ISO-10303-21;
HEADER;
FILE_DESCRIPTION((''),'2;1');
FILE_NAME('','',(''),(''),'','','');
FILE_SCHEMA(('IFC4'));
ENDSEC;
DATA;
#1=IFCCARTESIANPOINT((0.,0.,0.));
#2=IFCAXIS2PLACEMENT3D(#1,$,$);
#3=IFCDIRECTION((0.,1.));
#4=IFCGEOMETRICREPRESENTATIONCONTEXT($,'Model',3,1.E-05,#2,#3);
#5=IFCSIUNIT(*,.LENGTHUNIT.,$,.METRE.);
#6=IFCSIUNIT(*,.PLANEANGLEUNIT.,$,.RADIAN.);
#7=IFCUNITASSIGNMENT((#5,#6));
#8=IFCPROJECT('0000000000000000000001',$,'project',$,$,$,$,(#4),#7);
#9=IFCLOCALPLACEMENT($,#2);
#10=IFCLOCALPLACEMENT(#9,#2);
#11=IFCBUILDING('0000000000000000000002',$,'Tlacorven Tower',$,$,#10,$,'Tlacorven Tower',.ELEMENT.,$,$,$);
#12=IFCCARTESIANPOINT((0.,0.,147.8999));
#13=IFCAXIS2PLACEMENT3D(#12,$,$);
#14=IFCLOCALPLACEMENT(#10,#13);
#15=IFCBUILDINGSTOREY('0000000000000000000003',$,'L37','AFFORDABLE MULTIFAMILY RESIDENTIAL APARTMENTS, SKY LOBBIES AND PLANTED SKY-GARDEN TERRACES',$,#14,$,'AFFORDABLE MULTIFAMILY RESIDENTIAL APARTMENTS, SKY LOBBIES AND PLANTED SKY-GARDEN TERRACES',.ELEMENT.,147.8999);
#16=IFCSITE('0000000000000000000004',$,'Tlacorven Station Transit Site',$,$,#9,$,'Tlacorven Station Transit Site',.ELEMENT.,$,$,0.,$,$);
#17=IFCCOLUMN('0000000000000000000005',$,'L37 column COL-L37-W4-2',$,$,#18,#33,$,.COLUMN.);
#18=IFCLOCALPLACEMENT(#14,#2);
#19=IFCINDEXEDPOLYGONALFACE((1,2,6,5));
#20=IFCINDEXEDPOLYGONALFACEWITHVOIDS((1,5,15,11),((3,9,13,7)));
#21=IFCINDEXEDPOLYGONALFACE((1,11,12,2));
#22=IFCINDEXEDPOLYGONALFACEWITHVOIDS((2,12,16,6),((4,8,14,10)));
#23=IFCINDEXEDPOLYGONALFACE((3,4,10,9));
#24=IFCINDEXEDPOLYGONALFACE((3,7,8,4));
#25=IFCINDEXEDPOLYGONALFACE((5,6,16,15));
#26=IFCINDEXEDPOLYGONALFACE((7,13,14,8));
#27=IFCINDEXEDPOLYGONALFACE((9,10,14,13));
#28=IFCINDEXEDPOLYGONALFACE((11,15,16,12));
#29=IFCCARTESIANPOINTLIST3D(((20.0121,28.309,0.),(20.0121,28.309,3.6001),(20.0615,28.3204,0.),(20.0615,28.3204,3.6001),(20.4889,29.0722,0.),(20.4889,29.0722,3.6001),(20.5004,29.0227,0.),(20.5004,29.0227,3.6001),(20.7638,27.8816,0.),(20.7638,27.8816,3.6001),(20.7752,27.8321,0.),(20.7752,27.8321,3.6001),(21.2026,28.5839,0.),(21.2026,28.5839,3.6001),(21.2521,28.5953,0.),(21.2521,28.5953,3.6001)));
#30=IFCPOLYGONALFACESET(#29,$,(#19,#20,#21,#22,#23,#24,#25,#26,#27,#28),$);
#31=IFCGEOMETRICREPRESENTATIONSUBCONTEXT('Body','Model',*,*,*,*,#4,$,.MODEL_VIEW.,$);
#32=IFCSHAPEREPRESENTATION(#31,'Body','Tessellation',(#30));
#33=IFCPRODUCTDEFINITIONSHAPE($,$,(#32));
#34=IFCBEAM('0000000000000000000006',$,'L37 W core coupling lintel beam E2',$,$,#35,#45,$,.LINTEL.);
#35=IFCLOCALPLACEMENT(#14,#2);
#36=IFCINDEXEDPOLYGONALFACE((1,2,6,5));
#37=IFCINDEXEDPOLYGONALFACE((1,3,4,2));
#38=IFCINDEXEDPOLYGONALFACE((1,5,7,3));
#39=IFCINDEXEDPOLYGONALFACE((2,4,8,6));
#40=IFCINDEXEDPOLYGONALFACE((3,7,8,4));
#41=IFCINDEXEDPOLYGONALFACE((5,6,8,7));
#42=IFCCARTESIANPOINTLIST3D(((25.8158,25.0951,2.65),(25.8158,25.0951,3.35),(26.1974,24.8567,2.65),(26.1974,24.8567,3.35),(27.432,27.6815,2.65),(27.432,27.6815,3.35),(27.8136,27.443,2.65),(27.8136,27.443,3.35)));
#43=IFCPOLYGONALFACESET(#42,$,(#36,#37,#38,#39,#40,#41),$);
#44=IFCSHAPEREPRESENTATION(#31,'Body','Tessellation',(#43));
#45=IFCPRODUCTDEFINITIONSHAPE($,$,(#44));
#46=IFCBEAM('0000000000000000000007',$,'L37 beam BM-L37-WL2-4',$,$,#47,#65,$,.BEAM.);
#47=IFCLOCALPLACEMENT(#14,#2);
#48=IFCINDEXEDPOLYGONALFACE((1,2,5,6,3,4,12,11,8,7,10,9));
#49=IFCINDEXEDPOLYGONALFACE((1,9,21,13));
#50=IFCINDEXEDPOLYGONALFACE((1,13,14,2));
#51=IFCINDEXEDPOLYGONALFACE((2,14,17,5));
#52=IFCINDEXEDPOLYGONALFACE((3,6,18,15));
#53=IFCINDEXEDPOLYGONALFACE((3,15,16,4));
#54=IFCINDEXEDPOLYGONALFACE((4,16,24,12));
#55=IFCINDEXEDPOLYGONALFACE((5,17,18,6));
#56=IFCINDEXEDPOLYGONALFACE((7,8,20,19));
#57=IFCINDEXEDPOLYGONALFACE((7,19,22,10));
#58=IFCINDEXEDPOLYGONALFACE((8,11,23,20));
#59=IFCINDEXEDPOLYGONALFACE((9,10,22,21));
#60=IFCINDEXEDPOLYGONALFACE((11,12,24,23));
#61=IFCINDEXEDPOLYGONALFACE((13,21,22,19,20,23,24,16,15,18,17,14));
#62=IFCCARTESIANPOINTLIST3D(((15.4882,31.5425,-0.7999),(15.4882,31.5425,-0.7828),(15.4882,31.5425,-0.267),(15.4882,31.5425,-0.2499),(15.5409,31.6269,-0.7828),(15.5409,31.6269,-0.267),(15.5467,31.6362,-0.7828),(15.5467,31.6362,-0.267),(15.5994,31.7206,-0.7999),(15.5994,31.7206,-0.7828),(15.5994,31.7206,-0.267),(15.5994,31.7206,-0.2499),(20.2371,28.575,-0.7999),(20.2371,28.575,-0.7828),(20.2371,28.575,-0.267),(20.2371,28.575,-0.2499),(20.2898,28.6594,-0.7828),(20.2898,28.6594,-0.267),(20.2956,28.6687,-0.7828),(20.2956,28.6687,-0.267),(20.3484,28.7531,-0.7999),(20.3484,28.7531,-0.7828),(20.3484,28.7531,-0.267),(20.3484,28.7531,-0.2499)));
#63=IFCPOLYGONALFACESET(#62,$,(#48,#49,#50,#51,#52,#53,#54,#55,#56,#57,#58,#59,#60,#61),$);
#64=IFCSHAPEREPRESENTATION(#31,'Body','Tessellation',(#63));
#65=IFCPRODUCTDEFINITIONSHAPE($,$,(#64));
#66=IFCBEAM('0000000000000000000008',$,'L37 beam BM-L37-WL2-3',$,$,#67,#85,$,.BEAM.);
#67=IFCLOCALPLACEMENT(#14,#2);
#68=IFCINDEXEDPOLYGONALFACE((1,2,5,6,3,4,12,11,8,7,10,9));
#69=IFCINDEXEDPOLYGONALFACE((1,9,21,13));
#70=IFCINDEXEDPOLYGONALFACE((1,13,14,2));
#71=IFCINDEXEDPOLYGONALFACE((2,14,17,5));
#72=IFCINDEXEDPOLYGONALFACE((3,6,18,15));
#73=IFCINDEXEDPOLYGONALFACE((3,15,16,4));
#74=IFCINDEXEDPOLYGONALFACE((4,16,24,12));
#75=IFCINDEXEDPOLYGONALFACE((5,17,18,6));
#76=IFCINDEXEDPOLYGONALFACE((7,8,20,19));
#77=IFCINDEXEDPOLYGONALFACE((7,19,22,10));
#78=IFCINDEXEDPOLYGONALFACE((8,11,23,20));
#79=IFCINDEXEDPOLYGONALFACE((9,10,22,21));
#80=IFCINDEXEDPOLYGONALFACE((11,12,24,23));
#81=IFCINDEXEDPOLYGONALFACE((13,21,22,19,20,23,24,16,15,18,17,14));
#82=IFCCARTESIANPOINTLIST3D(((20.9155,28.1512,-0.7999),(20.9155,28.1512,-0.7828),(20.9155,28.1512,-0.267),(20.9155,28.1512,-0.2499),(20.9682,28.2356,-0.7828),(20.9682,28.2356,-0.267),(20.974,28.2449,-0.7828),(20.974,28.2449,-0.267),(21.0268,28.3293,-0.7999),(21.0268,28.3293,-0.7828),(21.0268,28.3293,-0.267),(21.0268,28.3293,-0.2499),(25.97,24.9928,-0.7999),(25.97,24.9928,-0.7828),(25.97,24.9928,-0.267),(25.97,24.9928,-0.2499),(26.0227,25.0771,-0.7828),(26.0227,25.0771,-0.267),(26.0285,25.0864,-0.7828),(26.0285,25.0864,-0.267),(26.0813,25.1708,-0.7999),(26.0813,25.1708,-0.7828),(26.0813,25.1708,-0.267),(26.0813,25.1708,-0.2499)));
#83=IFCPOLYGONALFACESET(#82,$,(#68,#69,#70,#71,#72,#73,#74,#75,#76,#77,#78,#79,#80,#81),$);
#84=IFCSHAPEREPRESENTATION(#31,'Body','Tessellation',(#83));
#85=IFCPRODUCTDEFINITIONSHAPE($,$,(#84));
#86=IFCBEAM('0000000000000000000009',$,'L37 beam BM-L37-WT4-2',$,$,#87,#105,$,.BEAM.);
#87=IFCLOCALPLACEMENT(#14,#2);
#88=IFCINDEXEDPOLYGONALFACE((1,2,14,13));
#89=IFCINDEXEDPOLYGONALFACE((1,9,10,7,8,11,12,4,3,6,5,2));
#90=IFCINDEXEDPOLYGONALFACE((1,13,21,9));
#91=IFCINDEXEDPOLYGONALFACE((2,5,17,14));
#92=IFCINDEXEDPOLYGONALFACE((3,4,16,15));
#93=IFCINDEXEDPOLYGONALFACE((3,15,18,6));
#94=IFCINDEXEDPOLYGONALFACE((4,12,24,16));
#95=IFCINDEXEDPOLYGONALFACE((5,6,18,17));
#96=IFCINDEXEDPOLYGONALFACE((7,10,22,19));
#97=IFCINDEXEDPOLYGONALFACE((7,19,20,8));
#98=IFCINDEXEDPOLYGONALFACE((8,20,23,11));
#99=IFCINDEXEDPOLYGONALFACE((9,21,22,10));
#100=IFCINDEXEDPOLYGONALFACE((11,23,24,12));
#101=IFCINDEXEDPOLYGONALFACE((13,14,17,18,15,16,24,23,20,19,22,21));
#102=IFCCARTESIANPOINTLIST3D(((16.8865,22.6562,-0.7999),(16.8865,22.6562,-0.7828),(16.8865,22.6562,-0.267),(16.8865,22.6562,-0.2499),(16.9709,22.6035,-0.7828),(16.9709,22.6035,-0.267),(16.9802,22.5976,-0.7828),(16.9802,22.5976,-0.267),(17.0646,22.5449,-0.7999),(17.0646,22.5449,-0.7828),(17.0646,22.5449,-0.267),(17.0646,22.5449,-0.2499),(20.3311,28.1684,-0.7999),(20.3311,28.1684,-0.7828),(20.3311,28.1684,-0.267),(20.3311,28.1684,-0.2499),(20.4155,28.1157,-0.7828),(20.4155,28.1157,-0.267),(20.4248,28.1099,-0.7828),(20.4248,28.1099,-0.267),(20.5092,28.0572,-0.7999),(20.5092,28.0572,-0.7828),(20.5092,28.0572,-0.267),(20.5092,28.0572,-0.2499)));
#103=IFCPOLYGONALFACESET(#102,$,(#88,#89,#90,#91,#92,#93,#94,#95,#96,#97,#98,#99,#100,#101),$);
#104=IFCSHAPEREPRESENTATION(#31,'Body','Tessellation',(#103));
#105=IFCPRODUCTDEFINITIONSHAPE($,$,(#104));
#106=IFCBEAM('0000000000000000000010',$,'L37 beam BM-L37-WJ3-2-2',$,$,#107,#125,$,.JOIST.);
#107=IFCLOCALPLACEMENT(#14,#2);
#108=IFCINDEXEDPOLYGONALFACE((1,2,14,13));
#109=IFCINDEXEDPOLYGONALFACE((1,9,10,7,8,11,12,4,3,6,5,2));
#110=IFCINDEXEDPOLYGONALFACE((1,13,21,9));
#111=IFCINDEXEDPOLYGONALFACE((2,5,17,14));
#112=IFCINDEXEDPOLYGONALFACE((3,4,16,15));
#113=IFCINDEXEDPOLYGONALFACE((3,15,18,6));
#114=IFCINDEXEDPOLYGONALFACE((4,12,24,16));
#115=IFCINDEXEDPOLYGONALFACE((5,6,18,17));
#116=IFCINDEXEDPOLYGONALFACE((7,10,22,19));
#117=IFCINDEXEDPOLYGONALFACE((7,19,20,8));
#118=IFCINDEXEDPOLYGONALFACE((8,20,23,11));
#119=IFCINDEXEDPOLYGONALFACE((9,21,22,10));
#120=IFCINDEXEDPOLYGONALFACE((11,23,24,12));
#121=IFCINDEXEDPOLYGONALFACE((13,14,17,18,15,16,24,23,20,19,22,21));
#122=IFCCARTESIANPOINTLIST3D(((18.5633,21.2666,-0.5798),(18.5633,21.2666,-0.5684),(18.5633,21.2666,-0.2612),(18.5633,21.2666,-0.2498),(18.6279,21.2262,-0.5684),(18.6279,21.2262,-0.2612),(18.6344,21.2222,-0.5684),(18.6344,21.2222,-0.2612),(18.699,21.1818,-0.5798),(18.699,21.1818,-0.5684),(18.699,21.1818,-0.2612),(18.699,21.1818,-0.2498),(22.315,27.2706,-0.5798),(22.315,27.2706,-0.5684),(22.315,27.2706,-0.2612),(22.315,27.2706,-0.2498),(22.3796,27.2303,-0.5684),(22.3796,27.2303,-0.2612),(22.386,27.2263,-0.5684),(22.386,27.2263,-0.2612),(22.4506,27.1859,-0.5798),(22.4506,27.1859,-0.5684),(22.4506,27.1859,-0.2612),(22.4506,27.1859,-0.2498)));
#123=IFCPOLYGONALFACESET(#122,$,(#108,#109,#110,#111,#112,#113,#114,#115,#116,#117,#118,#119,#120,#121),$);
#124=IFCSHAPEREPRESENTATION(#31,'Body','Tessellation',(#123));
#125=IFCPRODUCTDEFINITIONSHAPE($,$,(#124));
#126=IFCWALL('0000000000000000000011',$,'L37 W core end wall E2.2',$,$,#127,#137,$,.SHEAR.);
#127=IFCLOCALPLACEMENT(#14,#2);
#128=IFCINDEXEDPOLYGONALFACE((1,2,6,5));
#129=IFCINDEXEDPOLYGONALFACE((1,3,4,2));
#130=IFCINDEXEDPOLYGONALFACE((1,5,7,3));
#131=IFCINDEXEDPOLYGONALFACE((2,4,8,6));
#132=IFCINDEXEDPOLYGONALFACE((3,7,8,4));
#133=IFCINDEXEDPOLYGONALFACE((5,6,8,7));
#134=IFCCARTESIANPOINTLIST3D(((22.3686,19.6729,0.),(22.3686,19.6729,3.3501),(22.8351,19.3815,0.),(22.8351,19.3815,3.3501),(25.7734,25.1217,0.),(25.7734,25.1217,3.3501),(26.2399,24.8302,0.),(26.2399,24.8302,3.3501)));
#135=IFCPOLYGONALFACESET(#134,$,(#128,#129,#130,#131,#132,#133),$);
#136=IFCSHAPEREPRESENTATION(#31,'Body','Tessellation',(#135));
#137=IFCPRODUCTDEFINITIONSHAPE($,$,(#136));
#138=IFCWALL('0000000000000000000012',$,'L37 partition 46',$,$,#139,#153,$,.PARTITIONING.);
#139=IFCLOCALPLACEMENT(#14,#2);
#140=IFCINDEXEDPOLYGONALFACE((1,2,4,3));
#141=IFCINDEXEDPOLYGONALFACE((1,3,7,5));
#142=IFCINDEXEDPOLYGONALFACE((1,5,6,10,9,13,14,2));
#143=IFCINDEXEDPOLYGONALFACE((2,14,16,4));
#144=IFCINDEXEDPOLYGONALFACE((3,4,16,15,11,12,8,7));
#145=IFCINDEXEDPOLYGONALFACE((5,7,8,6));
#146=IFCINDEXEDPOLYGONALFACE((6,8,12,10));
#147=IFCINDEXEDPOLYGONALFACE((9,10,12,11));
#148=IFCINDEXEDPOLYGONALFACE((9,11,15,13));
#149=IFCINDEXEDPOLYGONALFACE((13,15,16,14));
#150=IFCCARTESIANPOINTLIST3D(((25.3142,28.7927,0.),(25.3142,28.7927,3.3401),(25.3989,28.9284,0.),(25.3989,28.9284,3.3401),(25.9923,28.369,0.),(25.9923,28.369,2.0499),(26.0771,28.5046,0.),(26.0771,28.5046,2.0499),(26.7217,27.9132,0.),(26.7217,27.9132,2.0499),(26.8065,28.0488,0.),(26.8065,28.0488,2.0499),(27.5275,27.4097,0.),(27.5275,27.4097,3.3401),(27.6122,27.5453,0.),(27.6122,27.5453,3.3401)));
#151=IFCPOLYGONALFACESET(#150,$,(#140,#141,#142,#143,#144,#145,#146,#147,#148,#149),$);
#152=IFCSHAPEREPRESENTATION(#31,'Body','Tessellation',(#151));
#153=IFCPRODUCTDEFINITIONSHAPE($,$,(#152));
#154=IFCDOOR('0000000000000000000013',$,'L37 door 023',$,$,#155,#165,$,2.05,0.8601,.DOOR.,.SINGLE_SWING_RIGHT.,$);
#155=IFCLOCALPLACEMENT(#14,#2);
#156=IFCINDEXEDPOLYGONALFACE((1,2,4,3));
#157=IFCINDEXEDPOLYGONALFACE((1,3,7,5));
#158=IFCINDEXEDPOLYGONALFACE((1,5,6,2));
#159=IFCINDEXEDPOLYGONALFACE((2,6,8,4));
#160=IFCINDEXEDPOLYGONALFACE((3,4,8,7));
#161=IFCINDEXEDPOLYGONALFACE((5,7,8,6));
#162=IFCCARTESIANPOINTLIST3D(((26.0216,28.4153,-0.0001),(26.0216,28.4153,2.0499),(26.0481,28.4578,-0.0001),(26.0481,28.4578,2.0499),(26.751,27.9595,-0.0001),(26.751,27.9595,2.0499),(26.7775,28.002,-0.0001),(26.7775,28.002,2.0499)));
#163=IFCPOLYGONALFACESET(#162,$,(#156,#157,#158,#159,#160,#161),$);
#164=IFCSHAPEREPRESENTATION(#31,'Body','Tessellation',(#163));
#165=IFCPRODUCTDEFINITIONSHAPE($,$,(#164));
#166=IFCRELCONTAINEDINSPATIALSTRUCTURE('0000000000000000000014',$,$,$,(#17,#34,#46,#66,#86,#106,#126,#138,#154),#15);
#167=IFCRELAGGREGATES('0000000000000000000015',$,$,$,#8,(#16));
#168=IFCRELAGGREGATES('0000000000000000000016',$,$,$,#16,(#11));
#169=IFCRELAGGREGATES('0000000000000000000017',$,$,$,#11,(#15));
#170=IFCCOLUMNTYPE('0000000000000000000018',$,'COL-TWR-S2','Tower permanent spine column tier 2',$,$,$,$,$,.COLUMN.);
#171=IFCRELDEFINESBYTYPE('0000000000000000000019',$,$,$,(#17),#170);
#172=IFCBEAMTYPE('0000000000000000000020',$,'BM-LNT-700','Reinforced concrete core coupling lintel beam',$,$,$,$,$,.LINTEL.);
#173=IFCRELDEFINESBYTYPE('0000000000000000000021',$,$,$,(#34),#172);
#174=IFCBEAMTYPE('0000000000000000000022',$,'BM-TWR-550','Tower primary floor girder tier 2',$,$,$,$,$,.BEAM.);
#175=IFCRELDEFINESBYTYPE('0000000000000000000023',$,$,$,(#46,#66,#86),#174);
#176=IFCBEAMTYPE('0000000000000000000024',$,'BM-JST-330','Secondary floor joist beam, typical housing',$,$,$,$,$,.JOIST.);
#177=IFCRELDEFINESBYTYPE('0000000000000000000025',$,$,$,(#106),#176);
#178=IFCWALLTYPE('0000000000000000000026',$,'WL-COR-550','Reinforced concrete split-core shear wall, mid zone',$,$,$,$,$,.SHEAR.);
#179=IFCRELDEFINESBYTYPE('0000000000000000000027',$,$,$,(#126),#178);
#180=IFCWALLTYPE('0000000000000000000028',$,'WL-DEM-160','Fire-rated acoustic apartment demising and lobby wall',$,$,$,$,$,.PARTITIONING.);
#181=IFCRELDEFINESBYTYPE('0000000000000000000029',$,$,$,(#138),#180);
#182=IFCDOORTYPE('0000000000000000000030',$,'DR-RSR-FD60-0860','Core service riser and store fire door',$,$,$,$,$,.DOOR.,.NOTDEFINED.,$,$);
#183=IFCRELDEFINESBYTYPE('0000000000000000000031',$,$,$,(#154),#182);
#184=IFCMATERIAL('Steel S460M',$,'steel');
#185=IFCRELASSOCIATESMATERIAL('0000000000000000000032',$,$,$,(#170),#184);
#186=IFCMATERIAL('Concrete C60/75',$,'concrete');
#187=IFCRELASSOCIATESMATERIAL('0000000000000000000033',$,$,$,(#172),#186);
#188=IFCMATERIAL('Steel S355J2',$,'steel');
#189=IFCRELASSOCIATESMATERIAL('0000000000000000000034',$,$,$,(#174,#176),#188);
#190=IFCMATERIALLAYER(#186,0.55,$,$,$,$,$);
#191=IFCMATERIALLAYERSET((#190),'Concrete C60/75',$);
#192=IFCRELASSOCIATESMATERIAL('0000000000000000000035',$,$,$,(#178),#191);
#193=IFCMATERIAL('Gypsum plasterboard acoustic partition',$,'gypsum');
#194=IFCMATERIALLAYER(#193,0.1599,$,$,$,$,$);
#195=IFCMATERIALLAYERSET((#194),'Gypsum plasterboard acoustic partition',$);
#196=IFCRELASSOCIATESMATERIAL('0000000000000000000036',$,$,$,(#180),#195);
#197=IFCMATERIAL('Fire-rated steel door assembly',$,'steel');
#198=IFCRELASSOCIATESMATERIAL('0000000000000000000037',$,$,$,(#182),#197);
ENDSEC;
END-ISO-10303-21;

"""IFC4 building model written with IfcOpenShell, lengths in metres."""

from ifc_helpers import new_model, si_unit, direction, frame, frame_2d, origin, origin_2d, place, context, subcontext, project, spatial, rectangle, hollow_rectangle, i_section, extrude, source, transform, mapped, material, layer, layer_set, material_profile, profile_set, type_object, element, fill, save


model = new_model("IFC4")

# Units and contexts
model_context = context("Model", 3, precision=1e-05, world=origin(), true_north=direction((0.0, 1.0)))
body_context = subcontext(model_context, "Body", "Model", "MODEL_VIEW")
ifc_project = project(units=[si_unit("LENGTHUNIT", "METRE"), si_unit("PLANEANGLEUNIT", "RADIAN")], contexts=[model_context])

# Site, building, storey
site_placement = place(None, origin())
site = spatial("IfcSite", under=ifc_project, at=site_placement, Name="Tlacorven Station Transit Site", LongName="Tlacorven Station Transit Site", CompositionType="ELEMENT", RefElevation=0.0)
building_placement = place(site_placement, origin())
building = spatial("IfcBuilding", under=site, at=building_placement, Name="Tlacorven Tower", LongName="Tlacorven Tower", CompositionType="ELEMENT")
storey_placement = place(building_placement, frame((0.0, 0.0, 147.8999)))
storey = spatial("IfcBuildingStorey", under=building, at=storey_placement, Name="L37", Description="AFFORDABLE MULTIFAMILY RESIDENTIAL APARTMENTS, SKY LOBBIES AND PLANTED SKY-GARDEN TERRACES", LongName="AFFORDABLE MULTIFAMILY RESIDENTIAL APARTMENTS, SKY LOBBIES AND PLANTED SKY-GARDEN TERRACES", CompositionType="ELEMENT", Elevation=147.8999)

# Column
ifc_material_1 = material(Name="Steel S460M", Category="steel")
ifc_material_profile_1 = material_profile(ifc_material_1, hollow_rectangle(XDim=0.8999, YDim=0.8999, WallThickness=0.0359, at=origin_2d()), Name="BOX 900X900X36")
ifc_profile_set_1 = profile_set([ifc_material_profile_1], Name="Steel S460M")
column_type = type_object("IfcColumnType", Name="COL-TWR-S2", Description="Tower permanent spine column tier 2", PredefinedType="COLUMN", material=ifc_profile_set_1)
shared_shape_1 = source(origin(), body_context, "Body", "SweptSolid", [
    extrude(hollow_rectangle(XDim=0.8999, YDim=0.8999, WallThickness=0.0359, at=origin_2d()), origin(), (0.0, 0.0, 1.0), 3.6001),
])
column_placement = place(storey_placement, frame((20.6321, 28.4521, 0.0), z_axis=(0.0, 0.0, 1.0), x_axis=(-0.848048, 0.529919, 0.0)))
element("IfcColumn", 1, at=column_placement, inside=storey, type_object=column_type, Name="L37 column COL-L37-W4-2", PredefinedType="COLUMN", context=body_context, shape_type="MappedRepresentation", body=[
    mapped(shared_shape_1, transform((0.0, 0.0, 0.0), scale=1.0)),
])

# Beams
ifc_material_2 = material(Name="Concrete C60/75", Category="concrete")
ifc_material_profile_2 = material_profile(ifc_material_2, rectangle(XDim=0.45, YDim=0.7, at=origin_2d()), Name="RC 450X700")
ifc_profile_set_2 = profile_set([ifc_material_profile_2], Name="Concrete C60/75")
beam_type_1 = type_object("IfcBeamType", Name="BM-LNT-700", Description="Reinforced concrete core coupling lintel beam", PredefinedType="LINTEL", material=ifc_profile_set_2)
shared_shape_2 = source(origin(), body_context, "Body", "SweptSolid", [
    extrude(rectangle(XDim=0.45, YDim=0.7, at=origin_2d()), origin(), (0.0, 0.0, 1.0), 3.0498),
])
beam_1_placement = place(storey_placement, frame((27.6228, 27.5623, 3.0), z_axis=(-0.529927, -0.848043, 0.0), x_axis=(0.848043, -0.529927, 0.0)))
element("IfcBeam", 2, at=beam_1_placement, inside=storey, type_object=beam_type_1, Name="L37 W core coupling lintel beam E2", PredefinedType="LINTEL", context=body_context, shape_type="MappedRepresentation", body=[
    mapped(shared_shape_2, transform((0.0, 0.0, 0.0), scale=1.0)),
])
ifc_material_3 = material(Name="Steel S355J2", Category="steel")
ifc_material_profile_3 = material_profile(ifc_material_3, i_section(OverallWidth=0.21, OverallDepth=0.55, WebThickness=0.011, FlangeThickness=0.0171, at=origin_2d()), Name="IPE 550")
ifc_profile_set_3 = profile_set([ifc_material_profile_3], Name="Steel S355J2")
beam_type_2 = type_object("IfcBeamType", Name="BM-TWR-550", Description="Tower primary floor girder tier 2", PredefinedType="BEAM", material=ifc_profile_set_3)
shared_shape_3 = source(origin(), body_context, "Body", "SweptSolid", [
    extrude(i_section(OverallWidth=0.21, OverallDepth=0.55, WebThickness=0.011, FlangeThickness=0.0171, at=origin_2d()), origin(), (0.0, 0.0, 1.0), 5.5999),
])
beam_2_placement = place(storey_placement, frame((20.2927, 28.6641, -0.5249), z_axis=(-0.848047, 0.529921, 0.0), x_axis=(-0.529921, -0.848047, 0.0)))
element("IfcBeam", 3, at=beam_2_placement, inside=storey, type_object=beam_type_2, Name="L37 beam BM-L37-WL2-4", PredefinedType="BEAM", context=body_context, shape_type="MappedRepresentation", body=[
    mapped(shared_shape_3, transform((0.0, 0.0, 0.0), scale=1.0)),
])
shared_shape_4 = source(origin(), body_context, "Body", "SweptSolid", [
    extrude(i_section(OverallWidth=0.21, OverallDepth=0.55, WebThickness=0.011, FlangeThickness=0.0171, at=origin_2d()), origin(), (0.0, 0.0, 1.0), 5.9602),
])
beam_3_placement = place(storey_placement, frame((26.0256, 25.0818, -0.5249), z_axis=(-0.848042, 0.529929, 0.0), x_axis=(-0.529929, -0.848042, 0.0)))
element("IfcBeam", 4, at=beam_3_placement, inside=storey, type_object=beam_type_2, Name="L37 beam BM-L37-WL2-3", PredefinedType="BEAM", context=body_context, shape_type="MappedRepresentation", body=[
    mapped(shared_shape_4, transform((0.0, 0.0, 0.0), scale=1.0)),
])
shared_shape_5 = source(origin(), body_context, "Body", "SweptSolid", [
    extrude(i_section(OverallWidth=0.21, OverallDepth=0.55, WebThickness=0.011, FlangeThickness=0.0171, at=origin_2d()), origin(), (0.0, 0.0, 1.0), 6.5),
])
beam_4_placement = place(storey_placement, frame((20.4202, 28.1128, -0.5249), z_axis=(-0.529938, -0.848036, 0.0), x_axis=(0.848036, -0.529938, 0.0)))
element("IfcBeam", 5, at=beam_4_placement, inside=storey, type_object=beam_type_2, Name="L37 beam BM-L37-WT4-2", PredefinedType="BEAM", context=body_context, shape_type="MappedRepresentation", body=[
    mapped(shared_shape_5, transform((0.0, 0.0, 0.0), scale=1.0)),
])
ifc_material_profile_4 = material_profile(ifc_material_3, i_section(OverallWidth=0.1599, OverallDepth=0.3301, WebThickness=0.0076, FlangeThickness=0.0115, at=origin_2d()), Name="IPE 330")
ifc_profile_set_4 = profile_set([ifc_material_profile_4], Name="Steel S355J2")
beam_type_3 = type_object("IfcBeamType", Name="BM-JST-330", Description="Secondary floor joist beam, typical housing", PredefinedType="JOIST", material=ifc_profile_set_4)
shared_shape_6 = source(origin(), body_context, "Body", "SweptSolid", [
    extrude(i_section(OverallWidth=0.1599, OverallDepth=0.3301, WebThickness=0.0076, FlangeThickness=0.0115, at=origin_2d()), origin(), (0.0, 0.0, 1.0), 7.0798),
])
beam_5_placement = place(storey_placement, frame((22.3828, 27.2283, -0.4148), z_axis=(-0.529909, -0.848054, 0.0), x_axis=(0.848054, -0.529909, 0.0)))
element("IfcBeam", 6, at=beam_5_placement, inside=storey, type_object=beam_type_3, Name="L37 beam BM-L37-WJ3-2-2", PredefinedType="JOIST", context=body_context, shape_type="MappedRepresentation", body=[
    mapped(shared_shape_6, transform((0.0, 0.0, 0.0), scale=1.0)),
])

# Wall
ifc_layer_1 = layer(ifc_material_2, 0.55)
ifc_layer_set_1 = layer_set([ifc_layer_1], Name="Concrete C60/75")
wall_type_1 = type_object("IfcWallType", Name="WL-COR-550", Description="Reinforced concrete split-core shear wall, mid zone", PredefinedType="SHEAR", material=ifc_layer_set_1)
wall_1_placement = place(storey_placement, frame((26.0066, 24.9758, 0.0), z_axis=(0.0, 0.0, 1.0), x_axis=(-0.529924, -0.848045, 0.0)))
element("IfcWall", 7, at=wall_1_placement, inside=storey, type_object=wall_type_1, Name="L37 W core end wall E2.2", PredefinedType="SHEAR", context=body_context, shape_type="SweptSolid", body=[
    extrude(rectangle(XDim=6.425, YDim=0.55, at=frame_2d((3.2124, 0.0))), origin(), (0.0, 0.0, 1.0), 3.3501),
])

# Wall, opening, door
ifc_material_4 = material(Name="Gypsum plasterboard acoustic partition", Category="gypsum")
ifc_layer_2 = layer(ifc_material_4, 0.1599)
ifc_layer_set_2 = layer_set([ifc_layer_2], Name="Gypsum plasterboard acoustic partition")
wall_type_2 = type_object("IfcWallType", Name="WL-DEM-160", Description="Fire-rated acoustic apartment demising and lobby wall", PredefinedType="PARTITIONING", material=ifc_layer_set_2)
wall_2_placement = place(storey_placement, frame((27.5698, 27.4775, 0.0), z_axis=(0.0, 0.0, 1.0), x_axis=(-0.848051, 0.529915, 0.0)))
wall_2 = element("IfcWall", 8, at=wall_2_placement, inside=storey, type_object=wall_type_2, Name="L37 partition 46", PredefinedType="PARTITIONING", context=body_context, shape_type="SweptSolid", body=[
    extrude(rectangle(XDim=2.6099, YDim=0.1599, at=frame_2d((1.3049, 0.0))), origin(), (0.0, 0.0, 1.0), 3.3401),
])
opening_1_placement = place(wall_2_placement, frame((0.95, 0.0, 0.0)))
opening_1 = element("IfcOpeningElement", 9, at=opening_1_placement, cuts=wall_2, PredefinedType="OPENING", context=body_context, shape_type="SweptSolid", body=[
    extrude(rectangle(XDim=0.8601, YDim=2.05, at=frame_2d((0.4302, 1.0249))), frame((0.0, 0.0898, 0.0), z_axis=(0.0, -1.0, 0.0), x_axis=(1.0, 0.0, 0.0)), (0.0, 0.0, 1.0), 0.1799),
])
ifc_material_5 = material(Name="Fire-rated steel door assembly", Category="steel")
door_type_1 = type_object("IfcDoorType", Name="DR-RSR-FD60-0860", Description="Core service riser and store fire door", OperationType="NOTDEFINED", PredefinedType="DOOR", material=ifc_material_5)
shared_shape_7 = source(origin(), body_context, "Body", "SweptSolid", [
    extrude(rectangle(XDim=0.8601, YDim=2.05, at=frame_2d((0.4302, 1.0249))), frame((0.0, 0.0249, 0.0), z_axis=(0.0, -1.0, 0.0), x_axis=(1.0, 0.0, 0.0)), (0.0, 0.0, 1.0), 0.05),
])
door_1_placement = place(opening_1_placement, frame((0.8601, 0.0, 0.0), z_axis=(0.0, 0.0, 1.0), x_axis=(-1.0, 0.0, 0.0)))
door_1 = element("IfcDoor", 10, at=door_1_placement, inside=storey, type_object=door_type_1, Name="L37 door 023", OperationType="SINGLE_SWING_RIGHT", OverallHeight=2.05, OverallWidth=0.8601, PredefinedType="DOOR", context=body_context, shape_type="MappedRepresentation", body=[
    mapped(shared_shape_7, transform((0.0, 0.0, 0.0), scale=1.0)),
])
fill(opening_1, door_1)

save(model, "model.ifc")
